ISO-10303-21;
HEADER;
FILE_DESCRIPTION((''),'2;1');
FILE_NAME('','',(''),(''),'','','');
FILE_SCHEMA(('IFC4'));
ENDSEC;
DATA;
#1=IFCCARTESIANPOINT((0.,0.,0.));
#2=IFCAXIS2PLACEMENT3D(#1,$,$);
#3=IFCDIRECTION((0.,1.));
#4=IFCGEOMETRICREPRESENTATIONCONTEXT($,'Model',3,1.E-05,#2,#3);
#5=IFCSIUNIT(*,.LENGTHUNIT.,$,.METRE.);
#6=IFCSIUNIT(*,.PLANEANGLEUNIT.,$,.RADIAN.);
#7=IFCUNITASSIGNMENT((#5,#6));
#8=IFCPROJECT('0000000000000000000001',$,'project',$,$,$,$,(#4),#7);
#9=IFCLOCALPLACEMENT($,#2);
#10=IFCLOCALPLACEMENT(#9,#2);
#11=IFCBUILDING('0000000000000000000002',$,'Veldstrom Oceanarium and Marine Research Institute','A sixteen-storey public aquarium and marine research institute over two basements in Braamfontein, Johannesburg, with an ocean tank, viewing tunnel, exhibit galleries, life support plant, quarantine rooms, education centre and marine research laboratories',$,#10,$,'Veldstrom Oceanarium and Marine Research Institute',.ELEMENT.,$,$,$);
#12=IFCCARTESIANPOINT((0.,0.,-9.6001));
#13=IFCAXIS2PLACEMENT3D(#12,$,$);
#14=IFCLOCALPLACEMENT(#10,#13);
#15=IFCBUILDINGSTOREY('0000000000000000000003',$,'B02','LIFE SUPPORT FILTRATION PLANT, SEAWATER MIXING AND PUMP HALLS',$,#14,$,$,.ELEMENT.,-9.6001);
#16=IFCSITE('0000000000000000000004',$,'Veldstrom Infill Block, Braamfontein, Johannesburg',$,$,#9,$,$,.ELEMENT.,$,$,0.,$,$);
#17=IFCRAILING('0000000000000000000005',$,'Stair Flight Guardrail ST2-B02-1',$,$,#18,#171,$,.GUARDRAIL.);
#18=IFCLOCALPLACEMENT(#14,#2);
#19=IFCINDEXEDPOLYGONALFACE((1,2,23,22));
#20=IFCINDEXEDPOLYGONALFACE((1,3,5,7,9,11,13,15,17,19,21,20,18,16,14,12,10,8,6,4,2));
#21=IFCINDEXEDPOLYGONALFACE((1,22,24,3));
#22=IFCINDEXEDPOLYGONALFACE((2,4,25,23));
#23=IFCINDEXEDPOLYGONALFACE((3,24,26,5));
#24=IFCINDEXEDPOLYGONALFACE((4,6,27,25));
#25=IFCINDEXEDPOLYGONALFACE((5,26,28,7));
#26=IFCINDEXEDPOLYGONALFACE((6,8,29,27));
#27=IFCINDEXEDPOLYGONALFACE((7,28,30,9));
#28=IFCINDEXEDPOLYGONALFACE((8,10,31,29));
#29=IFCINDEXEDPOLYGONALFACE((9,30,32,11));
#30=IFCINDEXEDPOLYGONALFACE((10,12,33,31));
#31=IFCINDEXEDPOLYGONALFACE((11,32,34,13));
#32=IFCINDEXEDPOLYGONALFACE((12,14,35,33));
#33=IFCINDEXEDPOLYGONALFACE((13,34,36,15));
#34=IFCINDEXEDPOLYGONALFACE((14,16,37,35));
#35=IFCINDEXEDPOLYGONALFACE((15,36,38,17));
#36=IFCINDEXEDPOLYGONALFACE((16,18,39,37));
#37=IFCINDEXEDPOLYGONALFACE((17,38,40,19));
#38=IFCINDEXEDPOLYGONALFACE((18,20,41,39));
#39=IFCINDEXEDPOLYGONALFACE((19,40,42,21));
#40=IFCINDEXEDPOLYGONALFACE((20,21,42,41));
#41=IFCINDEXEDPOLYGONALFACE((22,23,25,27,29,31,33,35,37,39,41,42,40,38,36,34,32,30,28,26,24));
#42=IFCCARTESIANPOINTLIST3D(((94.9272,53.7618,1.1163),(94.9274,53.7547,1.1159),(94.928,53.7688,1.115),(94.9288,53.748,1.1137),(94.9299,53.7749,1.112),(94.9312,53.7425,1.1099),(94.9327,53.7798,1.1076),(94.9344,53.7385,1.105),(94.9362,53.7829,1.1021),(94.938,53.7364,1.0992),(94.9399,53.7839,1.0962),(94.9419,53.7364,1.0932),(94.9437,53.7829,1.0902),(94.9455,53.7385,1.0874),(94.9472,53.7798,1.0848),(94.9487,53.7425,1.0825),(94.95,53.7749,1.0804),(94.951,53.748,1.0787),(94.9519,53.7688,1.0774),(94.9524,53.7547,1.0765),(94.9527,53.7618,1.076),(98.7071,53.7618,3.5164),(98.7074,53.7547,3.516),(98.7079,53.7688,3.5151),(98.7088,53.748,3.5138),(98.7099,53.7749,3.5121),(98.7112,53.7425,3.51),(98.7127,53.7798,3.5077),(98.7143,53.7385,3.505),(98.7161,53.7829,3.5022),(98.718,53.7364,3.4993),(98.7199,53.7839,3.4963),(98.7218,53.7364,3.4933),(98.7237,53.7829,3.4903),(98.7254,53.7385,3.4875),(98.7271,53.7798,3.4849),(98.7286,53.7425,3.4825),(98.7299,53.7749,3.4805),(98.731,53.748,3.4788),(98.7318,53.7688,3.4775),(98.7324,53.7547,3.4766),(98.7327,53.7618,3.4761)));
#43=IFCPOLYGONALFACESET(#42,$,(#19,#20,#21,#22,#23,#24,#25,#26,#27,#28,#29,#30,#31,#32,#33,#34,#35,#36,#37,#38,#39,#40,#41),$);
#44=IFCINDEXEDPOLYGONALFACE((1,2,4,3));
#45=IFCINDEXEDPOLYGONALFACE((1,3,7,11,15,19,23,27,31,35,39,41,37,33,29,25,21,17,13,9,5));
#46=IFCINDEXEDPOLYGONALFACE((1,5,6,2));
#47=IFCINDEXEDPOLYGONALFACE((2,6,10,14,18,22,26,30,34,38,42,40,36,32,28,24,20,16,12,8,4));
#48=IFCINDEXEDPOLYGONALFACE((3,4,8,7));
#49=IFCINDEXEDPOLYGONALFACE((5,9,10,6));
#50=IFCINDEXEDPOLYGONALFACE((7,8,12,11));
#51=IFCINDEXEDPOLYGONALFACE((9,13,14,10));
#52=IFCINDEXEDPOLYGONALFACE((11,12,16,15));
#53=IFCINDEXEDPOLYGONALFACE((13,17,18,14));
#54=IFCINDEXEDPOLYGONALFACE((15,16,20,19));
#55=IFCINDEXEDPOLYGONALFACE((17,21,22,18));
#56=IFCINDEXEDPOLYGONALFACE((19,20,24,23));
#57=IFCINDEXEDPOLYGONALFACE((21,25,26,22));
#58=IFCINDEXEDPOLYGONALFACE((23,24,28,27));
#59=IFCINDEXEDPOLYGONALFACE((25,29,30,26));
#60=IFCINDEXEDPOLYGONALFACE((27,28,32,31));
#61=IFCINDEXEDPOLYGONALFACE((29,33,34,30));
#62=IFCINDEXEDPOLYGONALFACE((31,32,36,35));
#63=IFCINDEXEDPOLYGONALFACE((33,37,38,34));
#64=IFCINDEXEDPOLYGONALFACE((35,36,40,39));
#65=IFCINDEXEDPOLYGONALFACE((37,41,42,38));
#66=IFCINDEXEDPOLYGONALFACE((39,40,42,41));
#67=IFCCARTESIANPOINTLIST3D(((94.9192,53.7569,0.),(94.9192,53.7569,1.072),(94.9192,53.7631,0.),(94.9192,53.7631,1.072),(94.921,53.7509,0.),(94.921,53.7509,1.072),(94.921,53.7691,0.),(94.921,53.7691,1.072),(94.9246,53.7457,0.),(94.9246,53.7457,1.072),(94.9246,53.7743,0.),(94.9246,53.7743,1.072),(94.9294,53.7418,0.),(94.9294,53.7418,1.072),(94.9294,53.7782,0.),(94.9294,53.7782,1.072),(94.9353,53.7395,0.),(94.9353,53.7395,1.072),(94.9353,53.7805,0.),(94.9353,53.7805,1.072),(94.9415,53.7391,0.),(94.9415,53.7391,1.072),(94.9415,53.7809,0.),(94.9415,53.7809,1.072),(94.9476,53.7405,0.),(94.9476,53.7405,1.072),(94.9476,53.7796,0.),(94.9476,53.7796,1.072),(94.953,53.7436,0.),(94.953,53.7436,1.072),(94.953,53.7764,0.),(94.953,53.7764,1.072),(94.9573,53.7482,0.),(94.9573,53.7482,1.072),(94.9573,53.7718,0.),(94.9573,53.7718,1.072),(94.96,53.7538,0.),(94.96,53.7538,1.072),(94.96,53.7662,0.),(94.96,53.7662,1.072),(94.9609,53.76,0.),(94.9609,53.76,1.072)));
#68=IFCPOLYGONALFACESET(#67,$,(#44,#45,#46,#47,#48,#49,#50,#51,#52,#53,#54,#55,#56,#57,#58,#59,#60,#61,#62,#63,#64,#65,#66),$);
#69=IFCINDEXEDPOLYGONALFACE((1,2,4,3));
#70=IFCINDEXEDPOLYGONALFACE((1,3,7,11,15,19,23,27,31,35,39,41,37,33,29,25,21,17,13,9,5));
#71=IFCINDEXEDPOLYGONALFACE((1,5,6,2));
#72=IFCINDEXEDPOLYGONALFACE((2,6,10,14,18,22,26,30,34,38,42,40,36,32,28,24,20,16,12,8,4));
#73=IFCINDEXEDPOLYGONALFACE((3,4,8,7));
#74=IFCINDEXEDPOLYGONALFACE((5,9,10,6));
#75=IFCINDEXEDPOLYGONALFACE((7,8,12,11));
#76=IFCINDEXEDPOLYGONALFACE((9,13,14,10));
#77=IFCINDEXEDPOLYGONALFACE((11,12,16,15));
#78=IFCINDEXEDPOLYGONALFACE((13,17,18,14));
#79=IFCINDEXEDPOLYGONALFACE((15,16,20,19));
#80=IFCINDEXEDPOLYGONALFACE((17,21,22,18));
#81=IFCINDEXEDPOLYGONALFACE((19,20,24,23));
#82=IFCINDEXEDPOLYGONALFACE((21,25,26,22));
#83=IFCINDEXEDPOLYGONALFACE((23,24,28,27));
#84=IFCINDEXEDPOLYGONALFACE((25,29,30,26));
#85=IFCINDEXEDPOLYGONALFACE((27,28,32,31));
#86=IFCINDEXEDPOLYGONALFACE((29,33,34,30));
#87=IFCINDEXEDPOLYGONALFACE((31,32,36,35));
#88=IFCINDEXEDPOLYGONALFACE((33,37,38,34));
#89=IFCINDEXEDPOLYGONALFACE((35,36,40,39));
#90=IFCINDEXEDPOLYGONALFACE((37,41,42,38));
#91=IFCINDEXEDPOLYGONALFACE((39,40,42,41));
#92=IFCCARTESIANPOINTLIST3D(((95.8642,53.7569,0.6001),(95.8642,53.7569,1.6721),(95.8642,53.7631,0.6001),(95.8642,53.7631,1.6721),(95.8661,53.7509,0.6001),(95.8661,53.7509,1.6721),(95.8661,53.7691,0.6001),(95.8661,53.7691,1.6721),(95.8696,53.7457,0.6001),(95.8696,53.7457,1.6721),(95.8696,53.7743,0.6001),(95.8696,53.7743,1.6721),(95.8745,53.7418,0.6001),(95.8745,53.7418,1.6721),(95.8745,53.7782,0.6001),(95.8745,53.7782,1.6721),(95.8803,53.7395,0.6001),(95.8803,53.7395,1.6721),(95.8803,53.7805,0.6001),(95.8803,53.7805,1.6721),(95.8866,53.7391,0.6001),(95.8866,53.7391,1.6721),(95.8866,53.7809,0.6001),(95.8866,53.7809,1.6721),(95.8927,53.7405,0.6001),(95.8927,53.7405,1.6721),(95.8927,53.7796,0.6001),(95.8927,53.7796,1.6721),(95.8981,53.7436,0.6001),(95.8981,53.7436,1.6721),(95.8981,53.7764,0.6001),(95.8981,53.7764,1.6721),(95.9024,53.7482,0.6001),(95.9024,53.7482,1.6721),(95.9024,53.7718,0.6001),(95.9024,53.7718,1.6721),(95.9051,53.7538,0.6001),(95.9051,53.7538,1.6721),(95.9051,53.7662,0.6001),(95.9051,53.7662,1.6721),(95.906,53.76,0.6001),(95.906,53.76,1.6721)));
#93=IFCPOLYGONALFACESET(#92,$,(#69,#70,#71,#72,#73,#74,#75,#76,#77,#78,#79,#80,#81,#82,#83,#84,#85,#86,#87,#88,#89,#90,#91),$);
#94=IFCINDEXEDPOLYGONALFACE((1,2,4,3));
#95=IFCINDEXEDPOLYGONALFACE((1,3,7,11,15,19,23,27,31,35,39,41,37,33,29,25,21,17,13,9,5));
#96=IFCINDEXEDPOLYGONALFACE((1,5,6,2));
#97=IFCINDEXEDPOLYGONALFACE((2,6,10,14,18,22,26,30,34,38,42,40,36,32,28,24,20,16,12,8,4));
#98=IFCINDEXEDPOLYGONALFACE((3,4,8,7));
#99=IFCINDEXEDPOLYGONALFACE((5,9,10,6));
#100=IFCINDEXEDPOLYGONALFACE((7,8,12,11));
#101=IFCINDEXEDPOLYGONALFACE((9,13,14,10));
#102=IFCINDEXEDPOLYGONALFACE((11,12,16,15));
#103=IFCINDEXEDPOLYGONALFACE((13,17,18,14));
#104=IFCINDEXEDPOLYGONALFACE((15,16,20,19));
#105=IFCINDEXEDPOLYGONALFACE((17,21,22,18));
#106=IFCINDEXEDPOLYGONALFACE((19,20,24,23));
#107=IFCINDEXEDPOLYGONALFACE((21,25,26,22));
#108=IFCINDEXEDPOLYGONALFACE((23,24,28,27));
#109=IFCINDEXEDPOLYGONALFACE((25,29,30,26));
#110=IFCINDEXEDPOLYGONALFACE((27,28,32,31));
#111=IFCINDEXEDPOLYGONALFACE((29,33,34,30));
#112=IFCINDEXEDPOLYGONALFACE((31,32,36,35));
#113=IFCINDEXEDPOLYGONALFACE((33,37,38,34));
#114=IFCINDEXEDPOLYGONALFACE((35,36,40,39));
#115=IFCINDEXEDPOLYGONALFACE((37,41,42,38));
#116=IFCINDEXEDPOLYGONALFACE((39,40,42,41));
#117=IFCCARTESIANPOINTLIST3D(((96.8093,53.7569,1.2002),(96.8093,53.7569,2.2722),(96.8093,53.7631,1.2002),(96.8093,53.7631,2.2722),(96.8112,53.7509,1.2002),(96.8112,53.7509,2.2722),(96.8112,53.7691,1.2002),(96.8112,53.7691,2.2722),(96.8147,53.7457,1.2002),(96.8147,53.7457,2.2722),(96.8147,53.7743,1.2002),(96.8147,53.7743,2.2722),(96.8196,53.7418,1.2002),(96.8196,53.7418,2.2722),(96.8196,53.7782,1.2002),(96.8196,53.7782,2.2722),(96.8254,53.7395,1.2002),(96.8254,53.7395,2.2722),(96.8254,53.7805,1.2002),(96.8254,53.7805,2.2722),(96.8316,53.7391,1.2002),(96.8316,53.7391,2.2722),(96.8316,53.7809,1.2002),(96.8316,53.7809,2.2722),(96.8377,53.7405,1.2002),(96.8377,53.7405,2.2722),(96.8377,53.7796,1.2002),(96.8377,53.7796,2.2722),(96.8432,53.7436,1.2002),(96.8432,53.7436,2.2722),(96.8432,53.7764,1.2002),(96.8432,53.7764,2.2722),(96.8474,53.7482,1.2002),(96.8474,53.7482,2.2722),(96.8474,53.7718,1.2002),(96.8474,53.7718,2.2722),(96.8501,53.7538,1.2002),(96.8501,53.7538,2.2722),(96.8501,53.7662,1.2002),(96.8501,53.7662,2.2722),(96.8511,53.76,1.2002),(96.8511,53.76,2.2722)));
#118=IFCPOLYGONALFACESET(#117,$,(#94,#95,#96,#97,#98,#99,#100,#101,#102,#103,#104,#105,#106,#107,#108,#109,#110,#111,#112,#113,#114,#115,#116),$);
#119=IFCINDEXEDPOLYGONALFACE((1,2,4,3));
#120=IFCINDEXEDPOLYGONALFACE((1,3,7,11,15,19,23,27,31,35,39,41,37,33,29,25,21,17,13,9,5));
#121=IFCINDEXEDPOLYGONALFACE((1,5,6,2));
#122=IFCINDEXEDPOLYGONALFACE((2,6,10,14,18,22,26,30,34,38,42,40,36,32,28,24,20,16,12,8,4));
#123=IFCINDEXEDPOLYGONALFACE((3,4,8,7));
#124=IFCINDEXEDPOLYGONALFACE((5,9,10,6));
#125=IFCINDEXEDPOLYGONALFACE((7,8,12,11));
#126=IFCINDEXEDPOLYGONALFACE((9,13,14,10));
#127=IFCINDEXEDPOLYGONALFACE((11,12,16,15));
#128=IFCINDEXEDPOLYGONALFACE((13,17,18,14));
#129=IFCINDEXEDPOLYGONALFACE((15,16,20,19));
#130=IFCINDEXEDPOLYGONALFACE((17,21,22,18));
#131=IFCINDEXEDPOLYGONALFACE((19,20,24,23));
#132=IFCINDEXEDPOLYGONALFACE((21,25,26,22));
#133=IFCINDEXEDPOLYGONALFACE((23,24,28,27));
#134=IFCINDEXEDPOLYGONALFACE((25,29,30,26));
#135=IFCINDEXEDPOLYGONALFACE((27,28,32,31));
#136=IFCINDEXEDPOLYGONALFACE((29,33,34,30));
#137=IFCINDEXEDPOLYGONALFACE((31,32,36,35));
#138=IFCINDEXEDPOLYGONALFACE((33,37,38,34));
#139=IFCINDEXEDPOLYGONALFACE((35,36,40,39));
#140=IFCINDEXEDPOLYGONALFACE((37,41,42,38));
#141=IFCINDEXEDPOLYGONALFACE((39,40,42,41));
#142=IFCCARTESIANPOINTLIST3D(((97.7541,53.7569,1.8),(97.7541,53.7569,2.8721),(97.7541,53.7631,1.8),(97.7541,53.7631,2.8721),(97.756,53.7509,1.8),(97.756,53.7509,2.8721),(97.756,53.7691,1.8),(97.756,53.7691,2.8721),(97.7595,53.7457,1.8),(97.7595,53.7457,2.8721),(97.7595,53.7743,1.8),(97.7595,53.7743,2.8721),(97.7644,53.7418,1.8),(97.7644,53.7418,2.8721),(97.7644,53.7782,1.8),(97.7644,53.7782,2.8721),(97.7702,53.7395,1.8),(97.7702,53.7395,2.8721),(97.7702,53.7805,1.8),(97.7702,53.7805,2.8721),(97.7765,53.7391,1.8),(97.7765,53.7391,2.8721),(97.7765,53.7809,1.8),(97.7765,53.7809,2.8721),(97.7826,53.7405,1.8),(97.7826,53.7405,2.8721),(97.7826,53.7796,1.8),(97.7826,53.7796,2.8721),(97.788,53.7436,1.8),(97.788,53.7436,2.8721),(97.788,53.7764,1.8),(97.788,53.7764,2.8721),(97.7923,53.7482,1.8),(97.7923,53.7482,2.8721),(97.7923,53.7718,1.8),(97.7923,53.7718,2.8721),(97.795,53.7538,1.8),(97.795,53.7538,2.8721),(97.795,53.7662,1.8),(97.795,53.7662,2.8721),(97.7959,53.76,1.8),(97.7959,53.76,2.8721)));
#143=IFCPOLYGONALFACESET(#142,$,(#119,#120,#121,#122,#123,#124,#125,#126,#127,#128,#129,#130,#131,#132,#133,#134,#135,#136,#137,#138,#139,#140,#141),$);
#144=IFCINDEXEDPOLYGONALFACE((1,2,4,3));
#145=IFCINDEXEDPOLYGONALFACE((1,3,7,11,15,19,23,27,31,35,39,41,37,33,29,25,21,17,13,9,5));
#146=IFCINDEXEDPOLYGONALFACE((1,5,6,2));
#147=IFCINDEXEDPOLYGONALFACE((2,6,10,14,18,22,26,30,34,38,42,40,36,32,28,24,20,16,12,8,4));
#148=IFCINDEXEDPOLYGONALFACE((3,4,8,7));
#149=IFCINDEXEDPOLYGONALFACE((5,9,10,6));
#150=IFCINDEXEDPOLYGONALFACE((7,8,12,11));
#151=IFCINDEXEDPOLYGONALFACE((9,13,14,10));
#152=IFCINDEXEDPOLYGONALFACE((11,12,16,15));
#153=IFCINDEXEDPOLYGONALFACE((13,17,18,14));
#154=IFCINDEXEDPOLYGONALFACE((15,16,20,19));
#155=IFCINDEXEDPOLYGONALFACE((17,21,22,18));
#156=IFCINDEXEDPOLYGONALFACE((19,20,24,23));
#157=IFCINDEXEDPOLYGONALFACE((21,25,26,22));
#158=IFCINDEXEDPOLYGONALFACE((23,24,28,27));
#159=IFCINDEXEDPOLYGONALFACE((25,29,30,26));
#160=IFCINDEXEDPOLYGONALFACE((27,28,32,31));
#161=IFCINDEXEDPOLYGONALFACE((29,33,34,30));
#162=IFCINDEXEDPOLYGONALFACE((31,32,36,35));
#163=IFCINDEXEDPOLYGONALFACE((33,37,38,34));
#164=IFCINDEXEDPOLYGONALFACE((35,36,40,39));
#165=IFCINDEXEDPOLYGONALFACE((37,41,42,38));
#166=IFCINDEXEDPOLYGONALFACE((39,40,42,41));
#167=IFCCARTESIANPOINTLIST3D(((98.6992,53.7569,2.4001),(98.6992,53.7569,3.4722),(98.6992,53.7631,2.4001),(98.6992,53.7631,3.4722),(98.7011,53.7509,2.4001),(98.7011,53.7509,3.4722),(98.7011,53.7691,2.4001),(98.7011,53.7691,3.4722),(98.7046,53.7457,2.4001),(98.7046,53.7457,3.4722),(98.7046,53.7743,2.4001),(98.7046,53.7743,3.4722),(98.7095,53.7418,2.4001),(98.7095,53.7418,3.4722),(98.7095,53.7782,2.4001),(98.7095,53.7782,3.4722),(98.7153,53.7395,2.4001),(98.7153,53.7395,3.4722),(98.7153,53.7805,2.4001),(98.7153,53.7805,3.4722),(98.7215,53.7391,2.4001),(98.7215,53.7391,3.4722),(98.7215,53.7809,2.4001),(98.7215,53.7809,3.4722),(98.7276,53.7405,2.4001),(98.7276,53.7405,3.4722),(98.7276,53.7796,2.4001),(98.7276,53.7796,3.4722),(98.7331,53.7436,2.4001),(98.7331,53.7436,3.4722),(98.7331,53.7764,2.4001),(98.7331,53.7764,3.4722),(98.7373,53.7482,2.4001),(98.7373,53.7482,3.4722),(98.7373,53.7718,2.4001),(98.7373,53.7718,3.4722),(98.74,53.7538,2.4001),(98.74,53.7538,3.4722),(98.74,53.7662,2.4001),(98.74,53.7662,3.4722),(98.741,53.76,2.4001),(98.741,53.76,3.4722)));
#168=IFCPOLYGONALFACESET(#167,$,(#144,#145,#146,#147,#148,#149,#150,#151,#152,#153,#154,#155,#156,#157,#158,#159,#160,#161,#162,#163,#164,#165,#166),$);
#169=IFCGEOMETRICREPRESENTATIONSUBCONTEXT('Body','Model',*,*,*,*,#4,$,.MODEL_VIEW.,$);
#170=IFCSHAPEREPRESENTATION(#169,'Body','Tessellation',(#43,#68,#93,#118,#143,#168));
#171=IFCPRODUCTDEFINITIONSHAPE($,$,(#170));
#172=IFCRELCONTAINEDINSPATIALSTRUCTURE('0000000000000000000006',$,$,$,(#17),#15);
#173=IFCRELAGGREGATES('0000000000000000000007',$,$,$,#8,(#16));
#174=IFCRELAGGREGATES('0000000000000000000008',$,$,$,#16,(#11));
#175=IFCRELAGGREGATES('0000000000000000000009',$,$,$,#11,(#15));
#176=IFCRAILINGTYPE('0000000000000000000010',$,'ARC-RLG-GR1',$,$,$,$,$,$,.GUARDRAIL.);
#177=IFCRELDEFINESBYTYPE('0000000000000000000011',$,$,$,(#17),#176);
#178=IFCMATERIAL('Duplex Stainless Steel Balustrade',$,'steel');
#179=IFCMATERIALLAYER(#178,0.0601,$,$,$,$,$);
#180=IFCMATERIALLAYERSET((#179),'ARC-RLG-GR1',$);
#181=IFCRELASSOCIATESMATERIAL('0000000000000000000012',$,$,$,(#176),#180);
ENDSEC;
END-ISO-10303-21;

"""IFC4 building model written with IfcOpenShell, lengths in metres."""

from ifc_helpers import new_model, si_unit, direction, frame, origin, origin_2d, place, context, subcontext, project, spatial, circle, extrude, material, layer, layer_set, type_object, element, save


model = new_model("IFC4")

# Units and contexts
model_context = context("Model", 3, precision=1e-05, world=origin(), true_north=direction((0.0, 1.0)))
body_context = subcontext(model_context, "Body", "Model", "MODEL_VIEW")
ifc_project = project(units=[si_unit("LENGTHUNIT", "METRE"), si_unit("PLANEANGLEUNIT", "RADIAN")], contexts=[model_context])

# Site, building, storey
site_placement = place(None, origin())
site = spatial("IfcSite", under=ifc_project, at=site_placement, Name="Veldstrom Infill Block, Braamfontein, Johannesburg", CompositionType="ELEMENT", RefElevation=0.0)
building_placement = place(site_placement, origin())
building = spatial("IfcBuilding", under=site, at=building_placement, Name="Veldstrom Oceanarium and Marine Research Institute", Description="A sixteen-storey public aquarium and marine research institute over two basements in Braamfontein, Johannesburg, with an ocean tank, viewing tunnel, exhibit galleries, life support plant, quarantine rooms, education centre and marine research laboratories", LongName="Veldstrom Oceanarium and Marine Research Institute", CompositionType="ELEMENT")
storey_placement = place(building_placement, frame((0.0, 0.0, -9.6001)))
storey = spatial("IfcBuildingStorey", under=building, at=storey_placement, Name="B02", Description="LIFE SUPPORT FILTRATION PLANT, SEAWATER MIXING AND PUMP HALLS", CompositionType="ELEMENT", Elevation=-9.6001)

# Railing
ifc_material_1 = material(Name="Duplex Stainless Steel Balustrade", Category="steel")
ifc_layer_1 = layer(ifc_material_1, 0.0601)
ifc_layer_set_1 = layer_set([ifc_layer_1], Name="ARC-RLG-GR1")
railing_type_1 = type_object("IfcRailingType", Name="ARC-RLG-GR1", PredefinedType="GUARDRAIL", material=ifc_layer_set_1)
railing_1_placement = place(storey_placement, frame((94.9399, 53.76, 0.0)))
element("IfcRailing", 1, at=railing_1_placement, inside=storey, type_object=railing_type_1, Name="Stair Flight Guardrail ST2-B02-1", PredefinedType="GUARDRAIL", context=body_context, shape_type="SweptSolid", body=[
    extrude(circle(Radius=0.0239, at=origin_2d()), frame((0.0, 0.0, 1.0962), z_axis=(0.8442, 0.0, 0.536028), x_axis=(0.0, 1.0, 0.0)), (0.0, 0.0, 1.0), 4.4775),
    extrude(circle(Radius=0.021, at=origin_2d()), origin(), (0.0, 0.0, 1.0), 1.072),
    extrude(circle(Radius=0.021, at=origin_2d()), frame((0.9451, 0.0, 0.6001)), (0.0, 0.0, 1.0), 1.072),
    extrude(circle(Radius=0.021, at=origin_2d()), frame((1.8901, 0.0, 1.2002)), (0.0, 0.0, 1.0), 1.072),
    extrude(circle(Radius=0.021, at=origin_2d()), frame((2.835, 0.0, 1.8)), (0.0, 0.0, 1.0), 1.072),
    extrude(circle(Radius=0.021, at=origin_2d()), frame((3.78, 0.0, 2.4001)), (0.0, 0.0, 1.0), 1.072),
])

save(model, "model.ifc")
